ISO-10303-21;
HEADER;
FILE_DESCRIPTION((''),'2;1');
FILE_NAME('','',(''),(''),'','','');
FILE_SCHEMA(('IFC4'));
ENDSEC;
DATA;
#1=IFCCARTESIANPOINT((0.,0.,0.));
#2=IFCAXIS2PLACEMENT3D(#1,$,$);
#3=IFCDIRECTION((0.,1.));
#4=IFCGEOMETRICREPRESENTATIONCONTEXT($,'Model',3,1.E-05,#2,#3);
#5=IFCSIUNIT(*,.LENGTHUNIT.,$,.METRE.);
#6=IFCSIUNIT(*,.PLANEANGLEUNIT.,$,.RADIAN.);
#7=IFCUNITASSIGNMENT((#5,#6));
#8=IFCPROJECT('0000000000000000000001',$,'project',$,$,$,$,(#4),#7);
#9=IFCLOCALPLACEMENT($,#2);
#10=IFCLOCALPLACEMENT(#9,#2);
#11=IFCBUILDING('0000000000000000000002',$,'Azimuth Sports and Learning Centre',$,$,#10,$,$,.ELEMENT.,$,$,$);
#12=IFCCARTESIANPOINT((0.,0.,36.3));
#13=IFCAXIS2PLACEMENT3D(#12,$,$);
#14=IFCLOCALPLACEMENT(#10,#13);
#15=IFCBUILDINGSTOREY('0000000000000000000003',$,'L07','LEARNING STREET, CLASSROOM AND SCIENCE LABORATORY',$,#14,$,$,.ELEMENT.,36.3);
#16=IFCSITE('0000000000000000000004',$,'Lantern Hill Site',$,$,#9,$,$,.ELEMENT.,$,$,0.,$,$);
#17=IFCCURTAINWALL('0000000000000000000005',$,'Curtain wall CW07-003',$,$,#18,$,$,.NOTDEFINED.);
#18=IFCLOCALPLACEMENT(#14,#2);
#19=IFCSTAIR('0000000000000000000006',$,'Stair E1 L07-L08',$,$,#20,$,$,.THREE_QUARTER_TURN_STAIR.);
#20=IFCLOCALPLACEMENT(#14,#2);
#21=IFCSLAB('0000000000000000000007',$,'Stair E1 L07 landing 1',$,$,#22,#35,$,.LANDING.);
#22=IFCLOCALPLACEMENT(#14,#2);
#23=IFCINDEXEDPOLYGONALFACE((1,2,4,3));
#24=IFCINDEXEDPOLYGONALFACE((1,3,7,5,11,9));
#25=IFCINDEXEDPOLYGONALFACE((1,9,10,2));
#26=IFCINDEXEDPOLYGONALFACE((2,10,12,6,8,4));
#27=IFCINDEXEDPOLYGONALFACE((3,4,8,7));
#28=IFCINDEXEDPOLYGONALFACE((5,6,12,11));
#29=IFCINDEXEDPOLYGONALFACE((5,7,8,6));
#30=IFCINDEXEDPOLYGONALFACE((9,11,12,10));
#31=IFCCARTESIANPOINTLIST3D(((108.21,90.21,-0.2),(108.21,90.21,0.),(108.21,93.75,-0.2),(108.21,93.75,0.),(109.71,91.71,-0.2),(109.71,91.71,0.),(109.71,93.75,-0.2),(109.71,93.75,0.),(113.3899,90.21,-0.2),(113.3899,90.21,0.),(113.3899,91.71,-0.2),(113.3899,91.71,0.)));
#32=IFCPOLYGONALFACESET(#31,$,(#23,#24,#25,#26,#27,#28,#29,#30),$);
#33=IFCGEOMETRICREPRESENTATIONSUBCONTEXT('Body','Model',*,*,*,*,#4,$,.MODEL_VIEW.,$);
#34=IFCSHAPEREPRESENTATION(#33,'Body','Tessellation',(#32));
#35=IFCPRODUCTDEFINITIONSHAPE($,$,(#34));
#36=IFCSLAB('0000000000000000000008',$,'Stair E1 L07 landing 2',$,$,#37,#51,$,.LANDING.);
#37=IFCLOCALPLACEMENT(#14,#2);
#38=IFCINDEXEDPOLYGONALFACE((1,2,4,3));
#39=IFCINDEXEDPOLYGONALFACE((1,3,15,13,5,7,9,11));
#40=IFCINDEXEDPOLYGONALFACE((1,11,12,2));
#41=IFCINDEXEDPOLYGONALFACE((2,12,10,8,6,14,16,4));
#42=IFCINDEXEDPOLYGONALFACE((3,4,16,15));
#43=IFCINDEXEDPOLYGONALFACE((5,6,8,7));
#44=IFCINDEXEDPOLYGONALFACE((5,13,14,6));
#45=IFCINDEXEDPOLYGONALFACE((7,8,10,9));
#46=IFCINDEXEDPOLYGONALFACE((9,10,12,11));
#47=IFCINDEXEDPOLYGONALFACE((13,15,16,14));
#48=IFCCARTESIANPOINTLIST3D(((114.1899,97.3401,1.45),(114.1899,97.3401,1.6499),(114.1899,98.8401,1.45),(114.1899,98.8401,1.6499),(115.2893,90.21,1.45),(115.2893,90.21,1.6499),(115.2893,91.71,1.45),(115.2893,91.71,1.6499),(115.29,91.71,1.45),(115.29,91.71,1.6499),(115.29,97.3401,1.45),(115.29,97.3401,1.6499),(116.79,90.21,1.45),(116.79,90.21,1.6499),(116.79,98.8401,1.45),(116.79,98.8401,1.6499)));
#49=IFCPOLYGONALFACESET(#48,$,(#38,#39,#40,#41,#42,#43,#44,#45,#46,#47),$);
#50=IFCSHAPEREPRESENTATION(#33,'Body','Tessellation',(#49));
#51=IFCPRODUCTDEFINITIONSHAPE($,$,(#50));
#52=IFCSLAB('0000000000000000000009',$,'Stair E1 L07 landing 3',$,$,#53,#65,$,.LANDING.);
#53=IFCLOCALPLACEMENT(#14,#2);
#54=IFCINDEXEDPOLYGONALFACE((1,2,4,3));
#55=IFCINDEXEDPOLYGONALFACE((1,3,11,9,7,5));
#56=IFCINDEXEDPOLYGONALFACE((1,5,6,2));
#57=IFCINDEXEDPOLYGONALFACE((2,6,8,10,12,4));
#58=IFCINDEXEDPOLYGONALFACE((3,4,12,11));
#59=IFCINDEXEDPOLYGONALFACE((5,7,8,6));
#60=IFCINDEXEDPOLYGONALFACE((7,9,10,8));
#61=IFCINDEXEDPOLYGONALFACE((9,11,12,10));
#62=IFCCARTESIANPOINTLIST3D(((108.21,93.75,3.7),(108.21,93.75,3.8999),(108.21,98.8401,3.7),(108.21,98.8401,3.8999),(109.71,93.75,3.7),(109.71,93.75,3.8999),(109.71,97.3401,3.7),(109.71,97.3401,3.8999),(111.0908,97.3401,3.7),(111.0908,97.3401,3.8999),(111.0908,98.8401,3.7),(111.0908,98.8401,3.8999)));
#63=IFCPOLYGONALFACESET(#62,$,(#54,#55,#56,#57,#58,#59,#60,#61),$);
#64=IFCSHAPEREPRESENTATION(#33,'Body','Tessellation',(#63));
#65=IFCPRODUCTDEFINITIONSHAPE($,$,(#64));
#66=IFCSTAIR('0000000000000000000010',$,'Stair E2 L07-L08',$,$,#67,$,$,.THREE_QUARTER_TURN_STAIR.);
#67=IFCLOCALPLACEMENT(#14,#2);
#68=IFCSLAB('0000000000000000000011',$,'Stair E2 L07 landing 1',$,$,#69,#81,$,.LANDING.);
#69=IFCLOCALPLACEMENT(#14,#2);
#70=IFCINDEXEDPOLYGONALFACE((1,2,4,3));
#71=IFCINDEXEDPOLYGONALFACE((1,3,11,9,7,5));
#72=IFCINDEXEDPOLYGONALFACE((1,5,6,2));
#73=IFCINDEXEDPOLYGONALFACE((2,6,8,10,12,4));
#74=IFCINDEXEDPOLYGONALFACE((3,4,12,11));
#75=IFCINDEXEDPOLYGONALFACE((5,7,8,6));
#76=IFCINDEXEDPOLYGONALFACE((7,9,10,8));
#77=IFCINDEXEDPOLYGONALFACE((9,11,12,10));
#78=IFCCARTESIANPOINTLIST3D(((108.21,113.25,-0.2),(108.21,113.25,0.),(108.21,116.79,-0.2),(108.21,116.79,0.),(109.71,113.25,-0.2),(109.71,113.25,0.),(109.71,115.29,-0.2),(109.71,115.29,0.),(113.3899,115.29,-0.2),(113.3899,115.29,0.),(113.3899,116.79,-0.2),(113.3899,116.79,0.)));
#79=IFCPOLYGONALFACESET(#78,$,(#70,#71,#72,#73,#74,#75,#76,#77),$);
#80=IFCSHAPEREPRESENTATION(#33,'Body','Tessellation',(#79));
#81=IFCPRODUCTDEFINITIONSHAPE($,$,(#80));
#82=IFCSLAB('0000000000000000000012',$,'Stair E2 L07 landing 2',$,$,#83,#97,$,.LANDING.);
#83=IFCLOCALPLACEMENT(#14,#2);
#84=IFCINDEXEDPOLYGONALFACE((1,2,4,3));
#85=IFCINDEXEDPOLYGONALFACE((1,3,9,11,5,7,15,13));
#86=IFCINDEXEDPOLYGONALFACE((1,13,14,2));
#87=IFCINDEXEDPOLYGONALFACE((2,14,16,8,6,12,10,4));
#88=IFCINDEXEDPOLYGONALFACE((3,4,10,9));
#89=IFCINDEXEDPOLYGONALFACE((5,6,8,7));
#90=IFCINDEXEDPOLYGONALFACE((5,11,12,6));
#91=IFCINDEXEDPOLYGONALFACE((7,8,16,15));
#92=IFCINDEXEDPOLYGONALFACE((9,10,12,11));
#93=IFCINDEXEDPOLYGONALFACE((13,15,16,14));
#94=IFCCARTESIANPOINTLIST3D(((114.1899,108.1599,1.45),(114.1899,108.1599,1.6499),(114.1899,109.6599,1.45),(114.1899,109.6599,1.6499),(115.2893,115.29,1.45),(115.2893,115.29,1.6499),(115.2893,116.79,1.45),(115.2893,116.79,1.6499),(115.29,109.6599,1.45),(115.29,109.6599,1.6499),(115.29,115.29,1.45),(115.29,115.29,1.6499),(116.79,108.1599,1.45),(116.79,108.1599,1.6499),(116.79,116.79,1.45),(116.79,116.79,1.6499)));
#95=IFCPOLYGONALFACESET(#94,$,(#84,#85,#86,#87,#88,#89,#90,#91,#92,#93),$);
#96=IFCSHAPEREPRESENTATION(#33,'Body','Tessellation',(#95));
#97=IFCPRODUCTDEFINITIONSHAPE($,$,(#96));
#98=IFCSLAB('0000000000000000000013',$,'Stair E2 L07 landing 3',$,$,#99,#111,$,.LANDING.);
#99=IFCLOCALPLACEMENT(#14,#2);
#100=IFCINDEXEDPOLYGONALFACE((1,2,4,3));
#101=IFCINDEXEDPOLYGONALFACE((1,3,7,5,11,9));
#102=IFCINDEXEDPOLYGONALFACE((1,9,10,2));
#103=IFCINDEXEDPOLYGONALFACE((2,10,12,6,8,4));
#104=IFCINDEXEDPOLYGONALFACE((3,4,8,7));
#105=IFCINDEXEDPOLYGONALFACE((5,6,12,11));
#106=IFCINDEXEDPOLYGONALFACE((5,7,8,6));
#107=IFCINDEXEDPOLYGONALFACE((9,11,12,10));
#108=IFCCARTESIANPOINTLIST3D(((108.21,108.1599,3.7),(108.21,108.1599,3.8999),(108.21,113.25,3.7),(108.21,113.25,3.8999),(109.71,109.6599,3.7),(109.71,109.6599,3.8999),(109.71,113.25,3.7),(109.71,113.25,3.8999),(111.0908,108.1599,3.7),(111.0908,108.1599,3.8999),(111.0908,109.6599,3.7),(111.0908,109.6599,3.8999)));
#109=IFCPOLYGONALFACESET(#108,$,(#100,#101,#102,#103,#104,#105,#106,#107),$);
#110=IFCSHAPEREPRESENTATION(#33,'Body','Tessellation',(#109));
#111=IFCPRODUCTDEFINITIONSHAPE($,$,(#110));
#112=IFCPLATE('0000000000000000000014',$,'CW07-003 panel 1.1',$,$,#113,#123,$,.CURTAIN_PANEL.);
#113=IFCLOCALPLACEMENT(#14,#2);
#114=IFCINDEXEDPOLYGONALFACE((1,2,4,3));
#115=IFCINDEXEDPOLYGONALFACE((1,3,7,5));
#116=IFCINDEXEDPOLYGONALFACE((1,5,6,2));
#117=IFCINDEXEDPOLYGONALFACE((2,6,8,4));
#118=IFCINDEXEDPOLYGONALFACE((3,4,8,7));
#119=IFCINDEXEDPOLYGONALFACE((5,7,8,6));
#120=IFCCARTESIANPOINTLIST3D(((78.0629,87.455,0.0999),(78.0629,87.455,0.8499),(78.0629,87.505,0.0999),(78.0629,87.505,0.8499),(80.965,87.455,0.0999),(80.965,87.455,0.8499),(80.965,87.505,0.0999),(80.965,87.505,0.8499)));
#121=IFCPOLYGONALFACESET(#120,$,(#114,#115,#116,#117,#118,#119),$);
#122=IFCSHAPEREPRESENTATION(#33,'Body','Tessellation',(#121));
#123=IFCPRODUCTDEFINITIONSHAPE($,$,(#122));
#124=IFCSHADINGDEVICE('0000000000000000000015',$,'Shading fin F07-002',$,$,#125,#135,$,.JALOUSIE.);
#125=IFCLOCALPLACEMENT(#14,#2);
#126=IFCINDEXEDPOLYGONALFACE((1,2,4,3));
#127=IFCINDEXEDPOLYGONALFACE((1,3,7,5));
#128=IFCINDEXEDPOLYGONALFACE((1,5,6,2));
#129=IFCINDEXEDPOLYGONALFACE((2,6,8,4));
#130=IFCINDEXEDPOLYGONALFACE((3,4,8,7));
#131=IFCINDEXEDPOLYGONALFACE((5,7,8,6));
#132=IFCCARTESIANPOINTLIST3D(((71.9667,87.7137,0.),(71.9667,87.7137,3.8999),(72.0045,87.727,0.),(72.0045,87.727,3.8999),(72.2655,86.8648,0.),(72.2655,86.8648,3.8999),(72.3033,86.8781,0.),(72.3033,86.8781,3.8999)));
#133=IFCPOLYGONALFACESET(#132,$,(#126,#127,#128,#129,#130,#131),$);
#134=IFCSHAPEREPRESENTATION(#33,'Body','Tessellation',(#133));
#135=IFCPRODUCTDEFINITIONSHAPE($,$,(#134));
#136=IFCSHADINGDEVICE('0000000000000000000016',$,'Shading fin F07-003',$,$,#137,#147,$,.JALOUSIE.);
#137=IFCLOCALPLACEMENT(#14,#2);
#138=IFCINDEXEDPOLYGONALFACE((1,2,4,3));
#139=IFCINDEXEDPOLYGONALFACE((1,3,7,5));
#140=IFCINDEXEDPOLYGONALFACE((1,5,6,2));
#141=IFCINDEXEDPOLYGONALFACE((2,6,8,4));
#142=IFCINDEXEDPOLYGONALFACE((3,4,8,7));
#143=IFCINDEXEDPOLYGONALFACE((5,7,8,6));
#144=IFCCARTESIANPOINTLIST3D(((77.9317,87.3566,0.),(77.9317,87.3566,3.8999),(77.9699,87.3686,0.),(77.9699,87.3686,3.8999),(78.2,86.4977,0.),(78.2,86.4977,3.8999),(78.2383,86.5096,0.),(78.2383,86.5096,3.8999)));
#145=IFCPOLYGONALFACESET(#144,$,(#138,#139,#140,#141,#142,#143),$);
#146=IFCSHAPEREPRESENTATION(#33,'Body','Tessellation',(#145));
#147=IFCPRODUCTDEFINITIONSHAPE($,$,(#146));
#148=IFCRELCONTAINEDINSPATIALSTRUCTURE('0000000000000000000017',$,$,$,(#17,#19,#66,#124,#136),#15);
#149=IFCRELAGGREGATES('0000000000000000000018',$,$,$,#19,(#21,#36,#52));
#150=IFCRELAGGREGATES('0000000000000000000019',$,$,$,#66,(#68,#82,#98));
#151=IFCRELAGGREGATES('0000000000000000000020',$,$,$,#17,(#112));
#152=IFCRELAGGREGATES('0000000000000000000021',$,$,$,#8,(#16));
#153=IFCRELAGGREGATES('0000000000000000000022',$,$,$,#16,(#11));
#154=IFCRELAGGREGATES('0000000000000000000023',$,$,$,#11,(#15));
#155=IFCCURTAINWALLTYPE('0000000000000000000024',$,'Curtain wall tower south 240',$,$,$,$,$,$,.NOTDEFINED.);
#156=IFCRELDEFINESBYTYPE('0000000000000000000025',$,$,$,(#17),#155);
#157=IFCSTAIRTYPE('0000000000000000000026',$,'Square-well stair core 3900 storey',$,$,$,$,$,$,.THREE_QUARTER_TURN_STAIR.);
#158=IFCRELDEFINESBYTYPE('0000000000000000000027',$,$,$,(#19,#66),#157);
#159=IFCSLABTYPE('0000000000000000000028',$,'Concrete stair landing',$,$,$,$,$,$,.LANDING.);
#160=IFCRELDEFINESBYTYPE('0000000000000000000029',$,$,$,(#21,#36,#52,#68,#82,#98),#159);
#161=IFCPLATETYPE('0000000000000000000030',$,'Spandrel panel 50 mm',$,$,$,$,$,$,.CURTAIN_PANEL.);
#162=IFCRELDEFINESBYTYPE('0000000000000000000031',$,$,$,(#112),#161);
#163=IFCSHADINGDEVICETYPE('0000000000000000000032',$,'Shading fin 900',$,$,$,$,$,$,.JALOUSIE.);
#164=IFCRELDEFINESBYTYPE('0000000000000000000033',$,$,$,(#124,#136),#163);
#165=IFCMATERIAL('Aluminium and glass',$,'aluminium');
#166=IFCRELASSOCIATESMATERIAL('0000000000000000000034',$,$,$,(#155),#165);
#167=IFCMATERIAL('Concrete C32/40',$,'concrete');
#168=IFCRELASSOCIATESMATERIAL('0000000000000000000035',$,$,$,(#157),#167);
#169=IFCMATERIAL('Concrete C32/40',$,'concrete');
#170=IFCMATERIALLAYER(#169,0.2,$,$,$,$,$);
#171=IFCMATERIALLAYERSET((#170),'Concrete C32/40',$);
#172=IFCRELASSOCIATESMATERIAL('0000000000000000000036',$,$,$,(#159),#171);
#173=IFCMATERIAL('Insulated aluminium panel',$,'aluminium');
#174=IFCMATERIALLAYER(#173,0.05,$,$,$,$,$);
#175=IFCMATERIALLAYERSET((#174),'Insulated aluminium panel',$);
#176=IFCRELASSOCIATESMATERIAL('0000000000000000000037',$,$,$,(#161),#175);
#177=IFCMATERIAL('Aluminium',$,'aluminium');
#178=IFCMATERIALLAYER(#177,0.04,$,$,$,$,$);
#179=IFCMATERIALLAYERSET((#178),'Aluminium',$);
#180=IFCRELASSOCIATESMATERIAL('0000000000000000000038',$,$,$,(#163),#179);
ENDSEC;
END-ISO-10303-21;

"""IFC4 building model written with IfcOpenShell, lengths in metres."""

from ifc_helpers import new_model, si_unit, direction, frame, origin, origin_2d, place, context, subcontext, project, spatial, polyline, rectangle, outline, extrude, material, layer, layer_set, type_object, element, aggregate, save


model = new_model("IFC4")

# Units and contexts
model_context = context("Model", 3, precision=1e-05, world=origin(), true_north=direction((0.0, 1.0)))
body_context = subcontext(model_context, "Body", "Model", "MODEL_VIEW")
ifc_project = project(units=[si_unit("LENGTHUNIT", "METRE"), si_unit("PLANEANGLEUNIT", "RADIAN")], contexts=[model_context])

# Site, building, storey
site_placement = place(None, origin())
site = spatial("IfcSite", under=ifc_project, at=site_placement, Name="Lantern Hill Site", CompositionType="ELEMENT", RefElevation=0.0)
building_placement = place(site_placement, origin())
building = spatial("IfcBuilding", under=site, at=building_placement, Name="Azimuth Sports and Learning Centre", CompositionType="ELEMENT")
storey_placement = place(building_placement, frame((0.0, 0.0, 36.3)))
storey = spatial("IfcBuildingStorey", under=building, at=storey_placement, Name="L07", Description="LEARNING STREET, CLASSROOM AND SCIENCE LABORATORY", CompositionType="ELEMENT", Elevation=36.3)

# Curtain wall
ifc_material_1 = material(Name="Aluminium and glass", Category="aluminium")
curtain_wall_type = type_object("IfcCurtainWallType", Name="Curtain wall tower south 240", PredefinedType="NOTDEFINED", material=ifc_material_1)
curtain_wall_placement = place(storey_placement, origin())
curtain_wall = element("IfcCurtainWall", 1, at=curtain_wall_placement, inside=storey, type_object=curtain_wall_type, Name="Curtain wall CW07-003", PredefinedType="NOTDEFINED")

# Stairs, slabs
ifc_material_2 = material(Name="Concrete C32/40", Category="concrete")
stair_type = type_object("IfcStairType", Name="Square-well stair core 3900 storey", PredefinedType="THREE_QUARTER_TURN_STAIR", material=ifc_material_2)
ifc_material_3 = material(Name="Concrete C32/40", Category="concrete")
ifc_layer_1 = layer(ifc_material_3, 0.2)
ifc_layer_set_1 = layer_set([ifc_layer_1], Name="Concrete C32/40")
slab_type_1 = type_object("IfcSlabType", Name="Concrete stair landing", PredefinedType="LANDING", material=ifc_layer_set_1)
stair_1_placement = place(storey_placement, origin())
stair_1 = element("IfcStair", 2, at=stair_1_placement, inside=storey, type_object=stair_type, Name="Stair E1 L07-L08", PredefinedType="THREE_QUARTER_TURN_STAIR")
slab_1_placement = place(storey_placement, frame((0.0, 0.0, -0.2)))
slab_1 = element("IfcSlab", 3, at=slab_1_placement, type_object=slab_type_1, Name="Stair E1 L07 landing 1", PredefinedType="LANDING", context=body_context, shape_type="SweptSolid", body=[
    extrude(outline(polyline([(113.3899, 91.71), (109.71, 91.71), (109.71, 93.75), (108.21, 93.75), (108.21, 90.21), (113.3899, 90.21), (113.3899, 91.71)])), origin(), (0.0, 0.0, 1.0), 0.2),
])
slab_2_placement = place(storey_placement, frame((0.0, 0.0, 1.45)))
slab_2 = element("IfcSlab", 4, at=slab_2_placement, type_object=slab_type_1, Name="Stair E1 L07 landing 2", PredefinedType="LANDING", context=body_context, shape_type="SweptSolid", body=[
    extrude(outline(polyline([(115.29, 91.71), (115.2893, 91.71), (115.2893, 90.21), (116.79, 90.21), (116.79, 98.8401), (114.1899, 98.8401), (114.1899, 97.3401), (115.29, 97.3401), (115.29, 91.71)])), origin(), (0.0, 0.0, 1.0), 0.2),
])
slab_3_placement = place(storey_placement, frame((0.0, 0.0, 3.7)))
slab_3 = element("IfcSlab", 5, at=slab_3_placement, type_object=slab_type_1, Name="Stair E1 L07 landing 3", PredefinedType="LANDING", context=body_context, shape_type="SweptSolid", body=[
    extrude(outline(polyline([(109.71, 97.3401), (111.0908, 97.3401), (111.0908, 98.8401), (108.21, 98.8401), (108.21, 93.75), (109.71, 93.75), (109.71, 97.3401)])), origin(), (0.0, 0.0, 1.0), 0.2),
])
aggregate(stair_1, [slab_1, slab_2, slab_3])
stair_2_placement = place(storey_placement, origin())
stair_2 = element("IfcStair", 6, at=stair_2_placement, inside=storey, type_object=stair_type, Name="Stair E2 L07-L08", PredefinedType="THREE_QUARTER_TURN_STAIR")
slab_4_placement = place(storey_placement, frame((0.0, 0.0, -0.2)))
slab_4 = element("IfcSlab", 7, at=slab_4_placement, type_object=slab_type_1, Name="Stair E2 L07 landing 1", PredefinedType="LANDING", context=body_context, shape_type="SweptSolid", body=[
    extrude(outline(polyline([(108.21, 116.79), (108.21, 113.25), (109.71, 113.25), (109.71, 115.29), (113.3899, 115.29), (113.3899, 116.79), (108.21, 116.79)])), origin(), (0.0, 0.0, 1.0), 0.2),
])
slab_5_placement = place(storey_placement, frame((0.0, 0.0, 1.45)))
slab_5 = element("IfcSlab", 8, at=slab_5_placement, type_object=slab_type_1, Name="Stair E2 L07 landing 2", PredefinedType="LANDING", context=body_context, shape_type="SweptSolid", body=[
    extrude(outline(polyline([(115.29, 115.29), (115.29, 109.6599), (114.1899, 109.6599), (114.1899, 108.1599), (116.79, 108.1599), (116.79, 116.79), (115.2893, 116.79), (115.2893, 115.29), (115.29, 115.29)])), origin(), (0.0, 0.0, 1.0), 0.2),
])
slab_6_placement = place(storey_placement, frame((0.0, 0.0, 3.7)))
slab_6 = element("IfcSlab", 9, at=slab_6_placement, type_object=slab_type_1, Name="Stair E2 L07 landing 3", PredefinedType="LANDING", context=body_context, shape_type="SweptSolid", body=[
    extrude(outline(polyline([(109.71, 109.6599), (109.71, 113.25), (108.21, 113.25), (108.21, 108.1599), (111.0908, 108.1599), (111.0908, 109.6599), (109.71, 109.6599)])), origin(), (0.0, 0.0, 1.0), 0.2),
])
aggregate(stair_2, [slab_4, slab_5, slab_6])

# Plate
ifc_material_4 = material(Name="Insulated aluminium panel", Category="aluminium")
ifc_layer_2 = layer(ifc_material_4, 0.05)
ifc_layer_set_2 = layer_set([ifc_layer_2], Name="Insulated aluminium panel")
plate_type = type_object("IfcPlateType", Name="Spandrel panel 50 mm", PredefinedType="CURTAIN_PANEL", material=ifc_layer_set_2)
plate_placement = place(storey_placement, frame((79.5139, 87.48, 0.0999), z_axis=(0.0, 0.0, 1.0), x_axis=(1.0, 0.0, 0.0)))
plate = element("IfcPlate", 10, at=plate_placement, type_object=plate_type, Name="CW07-003 panel 1.1", PredefinedType="CURTAIN_PANEL", context=body_context, shape_type="SweptSolid", body=[
    extrude(rectangle(XDim=2.9021, YDim=0.05, at=origin_2d()), origin(), (0.0, 0.0, 1.0), 0.75),
])
aggregate(curtain_wall, [plate])

# Shading devices
ifc_material_5 = material(Name="Aluminium", Category="aluminium")
ifc_layer_3 = layer(ifc_material_5, 0.04)
ifc_layer_set_3 = layer_set([ifc_layer_3], Name="Aluminium")
shading_device_type = type_object("IfcShadingDeviceType", Name="Shading fin 900", PredefinedType="JALOUSIE", material=ifc_layer_set_3)
for number, where, z_axis, x_axis, name in (
    (11, (72.135, 87.2959, 0.0), (0.0, 0.0, 1.0), (0.332025, -0.943271, 0.0), "Shading fin F07-002"),
    (12, (78.085, 86.9331, 0.0), (0.0, 0.0, 1.0), (0.298225, -0.954496, 0.0), "Shading fin F07-003"),
):
    element("IfcShadingDevice", number, at=place(storey_placement, frame(where, z_axis=z_axis, x_axis=x_axis)), inside=storey, type_object=shading_device_type, Name=name, PredefinedType="JALOUSIE", context=body_context, shape_type="SweptSolid", body=[
        extrude(rectangle(XDim=0.8999, YDim=0.04, at=origin_2d()), origin(), (0.0, 0.0, 1.0), 3.8999),
    ])

save(model, "model.ifc")
